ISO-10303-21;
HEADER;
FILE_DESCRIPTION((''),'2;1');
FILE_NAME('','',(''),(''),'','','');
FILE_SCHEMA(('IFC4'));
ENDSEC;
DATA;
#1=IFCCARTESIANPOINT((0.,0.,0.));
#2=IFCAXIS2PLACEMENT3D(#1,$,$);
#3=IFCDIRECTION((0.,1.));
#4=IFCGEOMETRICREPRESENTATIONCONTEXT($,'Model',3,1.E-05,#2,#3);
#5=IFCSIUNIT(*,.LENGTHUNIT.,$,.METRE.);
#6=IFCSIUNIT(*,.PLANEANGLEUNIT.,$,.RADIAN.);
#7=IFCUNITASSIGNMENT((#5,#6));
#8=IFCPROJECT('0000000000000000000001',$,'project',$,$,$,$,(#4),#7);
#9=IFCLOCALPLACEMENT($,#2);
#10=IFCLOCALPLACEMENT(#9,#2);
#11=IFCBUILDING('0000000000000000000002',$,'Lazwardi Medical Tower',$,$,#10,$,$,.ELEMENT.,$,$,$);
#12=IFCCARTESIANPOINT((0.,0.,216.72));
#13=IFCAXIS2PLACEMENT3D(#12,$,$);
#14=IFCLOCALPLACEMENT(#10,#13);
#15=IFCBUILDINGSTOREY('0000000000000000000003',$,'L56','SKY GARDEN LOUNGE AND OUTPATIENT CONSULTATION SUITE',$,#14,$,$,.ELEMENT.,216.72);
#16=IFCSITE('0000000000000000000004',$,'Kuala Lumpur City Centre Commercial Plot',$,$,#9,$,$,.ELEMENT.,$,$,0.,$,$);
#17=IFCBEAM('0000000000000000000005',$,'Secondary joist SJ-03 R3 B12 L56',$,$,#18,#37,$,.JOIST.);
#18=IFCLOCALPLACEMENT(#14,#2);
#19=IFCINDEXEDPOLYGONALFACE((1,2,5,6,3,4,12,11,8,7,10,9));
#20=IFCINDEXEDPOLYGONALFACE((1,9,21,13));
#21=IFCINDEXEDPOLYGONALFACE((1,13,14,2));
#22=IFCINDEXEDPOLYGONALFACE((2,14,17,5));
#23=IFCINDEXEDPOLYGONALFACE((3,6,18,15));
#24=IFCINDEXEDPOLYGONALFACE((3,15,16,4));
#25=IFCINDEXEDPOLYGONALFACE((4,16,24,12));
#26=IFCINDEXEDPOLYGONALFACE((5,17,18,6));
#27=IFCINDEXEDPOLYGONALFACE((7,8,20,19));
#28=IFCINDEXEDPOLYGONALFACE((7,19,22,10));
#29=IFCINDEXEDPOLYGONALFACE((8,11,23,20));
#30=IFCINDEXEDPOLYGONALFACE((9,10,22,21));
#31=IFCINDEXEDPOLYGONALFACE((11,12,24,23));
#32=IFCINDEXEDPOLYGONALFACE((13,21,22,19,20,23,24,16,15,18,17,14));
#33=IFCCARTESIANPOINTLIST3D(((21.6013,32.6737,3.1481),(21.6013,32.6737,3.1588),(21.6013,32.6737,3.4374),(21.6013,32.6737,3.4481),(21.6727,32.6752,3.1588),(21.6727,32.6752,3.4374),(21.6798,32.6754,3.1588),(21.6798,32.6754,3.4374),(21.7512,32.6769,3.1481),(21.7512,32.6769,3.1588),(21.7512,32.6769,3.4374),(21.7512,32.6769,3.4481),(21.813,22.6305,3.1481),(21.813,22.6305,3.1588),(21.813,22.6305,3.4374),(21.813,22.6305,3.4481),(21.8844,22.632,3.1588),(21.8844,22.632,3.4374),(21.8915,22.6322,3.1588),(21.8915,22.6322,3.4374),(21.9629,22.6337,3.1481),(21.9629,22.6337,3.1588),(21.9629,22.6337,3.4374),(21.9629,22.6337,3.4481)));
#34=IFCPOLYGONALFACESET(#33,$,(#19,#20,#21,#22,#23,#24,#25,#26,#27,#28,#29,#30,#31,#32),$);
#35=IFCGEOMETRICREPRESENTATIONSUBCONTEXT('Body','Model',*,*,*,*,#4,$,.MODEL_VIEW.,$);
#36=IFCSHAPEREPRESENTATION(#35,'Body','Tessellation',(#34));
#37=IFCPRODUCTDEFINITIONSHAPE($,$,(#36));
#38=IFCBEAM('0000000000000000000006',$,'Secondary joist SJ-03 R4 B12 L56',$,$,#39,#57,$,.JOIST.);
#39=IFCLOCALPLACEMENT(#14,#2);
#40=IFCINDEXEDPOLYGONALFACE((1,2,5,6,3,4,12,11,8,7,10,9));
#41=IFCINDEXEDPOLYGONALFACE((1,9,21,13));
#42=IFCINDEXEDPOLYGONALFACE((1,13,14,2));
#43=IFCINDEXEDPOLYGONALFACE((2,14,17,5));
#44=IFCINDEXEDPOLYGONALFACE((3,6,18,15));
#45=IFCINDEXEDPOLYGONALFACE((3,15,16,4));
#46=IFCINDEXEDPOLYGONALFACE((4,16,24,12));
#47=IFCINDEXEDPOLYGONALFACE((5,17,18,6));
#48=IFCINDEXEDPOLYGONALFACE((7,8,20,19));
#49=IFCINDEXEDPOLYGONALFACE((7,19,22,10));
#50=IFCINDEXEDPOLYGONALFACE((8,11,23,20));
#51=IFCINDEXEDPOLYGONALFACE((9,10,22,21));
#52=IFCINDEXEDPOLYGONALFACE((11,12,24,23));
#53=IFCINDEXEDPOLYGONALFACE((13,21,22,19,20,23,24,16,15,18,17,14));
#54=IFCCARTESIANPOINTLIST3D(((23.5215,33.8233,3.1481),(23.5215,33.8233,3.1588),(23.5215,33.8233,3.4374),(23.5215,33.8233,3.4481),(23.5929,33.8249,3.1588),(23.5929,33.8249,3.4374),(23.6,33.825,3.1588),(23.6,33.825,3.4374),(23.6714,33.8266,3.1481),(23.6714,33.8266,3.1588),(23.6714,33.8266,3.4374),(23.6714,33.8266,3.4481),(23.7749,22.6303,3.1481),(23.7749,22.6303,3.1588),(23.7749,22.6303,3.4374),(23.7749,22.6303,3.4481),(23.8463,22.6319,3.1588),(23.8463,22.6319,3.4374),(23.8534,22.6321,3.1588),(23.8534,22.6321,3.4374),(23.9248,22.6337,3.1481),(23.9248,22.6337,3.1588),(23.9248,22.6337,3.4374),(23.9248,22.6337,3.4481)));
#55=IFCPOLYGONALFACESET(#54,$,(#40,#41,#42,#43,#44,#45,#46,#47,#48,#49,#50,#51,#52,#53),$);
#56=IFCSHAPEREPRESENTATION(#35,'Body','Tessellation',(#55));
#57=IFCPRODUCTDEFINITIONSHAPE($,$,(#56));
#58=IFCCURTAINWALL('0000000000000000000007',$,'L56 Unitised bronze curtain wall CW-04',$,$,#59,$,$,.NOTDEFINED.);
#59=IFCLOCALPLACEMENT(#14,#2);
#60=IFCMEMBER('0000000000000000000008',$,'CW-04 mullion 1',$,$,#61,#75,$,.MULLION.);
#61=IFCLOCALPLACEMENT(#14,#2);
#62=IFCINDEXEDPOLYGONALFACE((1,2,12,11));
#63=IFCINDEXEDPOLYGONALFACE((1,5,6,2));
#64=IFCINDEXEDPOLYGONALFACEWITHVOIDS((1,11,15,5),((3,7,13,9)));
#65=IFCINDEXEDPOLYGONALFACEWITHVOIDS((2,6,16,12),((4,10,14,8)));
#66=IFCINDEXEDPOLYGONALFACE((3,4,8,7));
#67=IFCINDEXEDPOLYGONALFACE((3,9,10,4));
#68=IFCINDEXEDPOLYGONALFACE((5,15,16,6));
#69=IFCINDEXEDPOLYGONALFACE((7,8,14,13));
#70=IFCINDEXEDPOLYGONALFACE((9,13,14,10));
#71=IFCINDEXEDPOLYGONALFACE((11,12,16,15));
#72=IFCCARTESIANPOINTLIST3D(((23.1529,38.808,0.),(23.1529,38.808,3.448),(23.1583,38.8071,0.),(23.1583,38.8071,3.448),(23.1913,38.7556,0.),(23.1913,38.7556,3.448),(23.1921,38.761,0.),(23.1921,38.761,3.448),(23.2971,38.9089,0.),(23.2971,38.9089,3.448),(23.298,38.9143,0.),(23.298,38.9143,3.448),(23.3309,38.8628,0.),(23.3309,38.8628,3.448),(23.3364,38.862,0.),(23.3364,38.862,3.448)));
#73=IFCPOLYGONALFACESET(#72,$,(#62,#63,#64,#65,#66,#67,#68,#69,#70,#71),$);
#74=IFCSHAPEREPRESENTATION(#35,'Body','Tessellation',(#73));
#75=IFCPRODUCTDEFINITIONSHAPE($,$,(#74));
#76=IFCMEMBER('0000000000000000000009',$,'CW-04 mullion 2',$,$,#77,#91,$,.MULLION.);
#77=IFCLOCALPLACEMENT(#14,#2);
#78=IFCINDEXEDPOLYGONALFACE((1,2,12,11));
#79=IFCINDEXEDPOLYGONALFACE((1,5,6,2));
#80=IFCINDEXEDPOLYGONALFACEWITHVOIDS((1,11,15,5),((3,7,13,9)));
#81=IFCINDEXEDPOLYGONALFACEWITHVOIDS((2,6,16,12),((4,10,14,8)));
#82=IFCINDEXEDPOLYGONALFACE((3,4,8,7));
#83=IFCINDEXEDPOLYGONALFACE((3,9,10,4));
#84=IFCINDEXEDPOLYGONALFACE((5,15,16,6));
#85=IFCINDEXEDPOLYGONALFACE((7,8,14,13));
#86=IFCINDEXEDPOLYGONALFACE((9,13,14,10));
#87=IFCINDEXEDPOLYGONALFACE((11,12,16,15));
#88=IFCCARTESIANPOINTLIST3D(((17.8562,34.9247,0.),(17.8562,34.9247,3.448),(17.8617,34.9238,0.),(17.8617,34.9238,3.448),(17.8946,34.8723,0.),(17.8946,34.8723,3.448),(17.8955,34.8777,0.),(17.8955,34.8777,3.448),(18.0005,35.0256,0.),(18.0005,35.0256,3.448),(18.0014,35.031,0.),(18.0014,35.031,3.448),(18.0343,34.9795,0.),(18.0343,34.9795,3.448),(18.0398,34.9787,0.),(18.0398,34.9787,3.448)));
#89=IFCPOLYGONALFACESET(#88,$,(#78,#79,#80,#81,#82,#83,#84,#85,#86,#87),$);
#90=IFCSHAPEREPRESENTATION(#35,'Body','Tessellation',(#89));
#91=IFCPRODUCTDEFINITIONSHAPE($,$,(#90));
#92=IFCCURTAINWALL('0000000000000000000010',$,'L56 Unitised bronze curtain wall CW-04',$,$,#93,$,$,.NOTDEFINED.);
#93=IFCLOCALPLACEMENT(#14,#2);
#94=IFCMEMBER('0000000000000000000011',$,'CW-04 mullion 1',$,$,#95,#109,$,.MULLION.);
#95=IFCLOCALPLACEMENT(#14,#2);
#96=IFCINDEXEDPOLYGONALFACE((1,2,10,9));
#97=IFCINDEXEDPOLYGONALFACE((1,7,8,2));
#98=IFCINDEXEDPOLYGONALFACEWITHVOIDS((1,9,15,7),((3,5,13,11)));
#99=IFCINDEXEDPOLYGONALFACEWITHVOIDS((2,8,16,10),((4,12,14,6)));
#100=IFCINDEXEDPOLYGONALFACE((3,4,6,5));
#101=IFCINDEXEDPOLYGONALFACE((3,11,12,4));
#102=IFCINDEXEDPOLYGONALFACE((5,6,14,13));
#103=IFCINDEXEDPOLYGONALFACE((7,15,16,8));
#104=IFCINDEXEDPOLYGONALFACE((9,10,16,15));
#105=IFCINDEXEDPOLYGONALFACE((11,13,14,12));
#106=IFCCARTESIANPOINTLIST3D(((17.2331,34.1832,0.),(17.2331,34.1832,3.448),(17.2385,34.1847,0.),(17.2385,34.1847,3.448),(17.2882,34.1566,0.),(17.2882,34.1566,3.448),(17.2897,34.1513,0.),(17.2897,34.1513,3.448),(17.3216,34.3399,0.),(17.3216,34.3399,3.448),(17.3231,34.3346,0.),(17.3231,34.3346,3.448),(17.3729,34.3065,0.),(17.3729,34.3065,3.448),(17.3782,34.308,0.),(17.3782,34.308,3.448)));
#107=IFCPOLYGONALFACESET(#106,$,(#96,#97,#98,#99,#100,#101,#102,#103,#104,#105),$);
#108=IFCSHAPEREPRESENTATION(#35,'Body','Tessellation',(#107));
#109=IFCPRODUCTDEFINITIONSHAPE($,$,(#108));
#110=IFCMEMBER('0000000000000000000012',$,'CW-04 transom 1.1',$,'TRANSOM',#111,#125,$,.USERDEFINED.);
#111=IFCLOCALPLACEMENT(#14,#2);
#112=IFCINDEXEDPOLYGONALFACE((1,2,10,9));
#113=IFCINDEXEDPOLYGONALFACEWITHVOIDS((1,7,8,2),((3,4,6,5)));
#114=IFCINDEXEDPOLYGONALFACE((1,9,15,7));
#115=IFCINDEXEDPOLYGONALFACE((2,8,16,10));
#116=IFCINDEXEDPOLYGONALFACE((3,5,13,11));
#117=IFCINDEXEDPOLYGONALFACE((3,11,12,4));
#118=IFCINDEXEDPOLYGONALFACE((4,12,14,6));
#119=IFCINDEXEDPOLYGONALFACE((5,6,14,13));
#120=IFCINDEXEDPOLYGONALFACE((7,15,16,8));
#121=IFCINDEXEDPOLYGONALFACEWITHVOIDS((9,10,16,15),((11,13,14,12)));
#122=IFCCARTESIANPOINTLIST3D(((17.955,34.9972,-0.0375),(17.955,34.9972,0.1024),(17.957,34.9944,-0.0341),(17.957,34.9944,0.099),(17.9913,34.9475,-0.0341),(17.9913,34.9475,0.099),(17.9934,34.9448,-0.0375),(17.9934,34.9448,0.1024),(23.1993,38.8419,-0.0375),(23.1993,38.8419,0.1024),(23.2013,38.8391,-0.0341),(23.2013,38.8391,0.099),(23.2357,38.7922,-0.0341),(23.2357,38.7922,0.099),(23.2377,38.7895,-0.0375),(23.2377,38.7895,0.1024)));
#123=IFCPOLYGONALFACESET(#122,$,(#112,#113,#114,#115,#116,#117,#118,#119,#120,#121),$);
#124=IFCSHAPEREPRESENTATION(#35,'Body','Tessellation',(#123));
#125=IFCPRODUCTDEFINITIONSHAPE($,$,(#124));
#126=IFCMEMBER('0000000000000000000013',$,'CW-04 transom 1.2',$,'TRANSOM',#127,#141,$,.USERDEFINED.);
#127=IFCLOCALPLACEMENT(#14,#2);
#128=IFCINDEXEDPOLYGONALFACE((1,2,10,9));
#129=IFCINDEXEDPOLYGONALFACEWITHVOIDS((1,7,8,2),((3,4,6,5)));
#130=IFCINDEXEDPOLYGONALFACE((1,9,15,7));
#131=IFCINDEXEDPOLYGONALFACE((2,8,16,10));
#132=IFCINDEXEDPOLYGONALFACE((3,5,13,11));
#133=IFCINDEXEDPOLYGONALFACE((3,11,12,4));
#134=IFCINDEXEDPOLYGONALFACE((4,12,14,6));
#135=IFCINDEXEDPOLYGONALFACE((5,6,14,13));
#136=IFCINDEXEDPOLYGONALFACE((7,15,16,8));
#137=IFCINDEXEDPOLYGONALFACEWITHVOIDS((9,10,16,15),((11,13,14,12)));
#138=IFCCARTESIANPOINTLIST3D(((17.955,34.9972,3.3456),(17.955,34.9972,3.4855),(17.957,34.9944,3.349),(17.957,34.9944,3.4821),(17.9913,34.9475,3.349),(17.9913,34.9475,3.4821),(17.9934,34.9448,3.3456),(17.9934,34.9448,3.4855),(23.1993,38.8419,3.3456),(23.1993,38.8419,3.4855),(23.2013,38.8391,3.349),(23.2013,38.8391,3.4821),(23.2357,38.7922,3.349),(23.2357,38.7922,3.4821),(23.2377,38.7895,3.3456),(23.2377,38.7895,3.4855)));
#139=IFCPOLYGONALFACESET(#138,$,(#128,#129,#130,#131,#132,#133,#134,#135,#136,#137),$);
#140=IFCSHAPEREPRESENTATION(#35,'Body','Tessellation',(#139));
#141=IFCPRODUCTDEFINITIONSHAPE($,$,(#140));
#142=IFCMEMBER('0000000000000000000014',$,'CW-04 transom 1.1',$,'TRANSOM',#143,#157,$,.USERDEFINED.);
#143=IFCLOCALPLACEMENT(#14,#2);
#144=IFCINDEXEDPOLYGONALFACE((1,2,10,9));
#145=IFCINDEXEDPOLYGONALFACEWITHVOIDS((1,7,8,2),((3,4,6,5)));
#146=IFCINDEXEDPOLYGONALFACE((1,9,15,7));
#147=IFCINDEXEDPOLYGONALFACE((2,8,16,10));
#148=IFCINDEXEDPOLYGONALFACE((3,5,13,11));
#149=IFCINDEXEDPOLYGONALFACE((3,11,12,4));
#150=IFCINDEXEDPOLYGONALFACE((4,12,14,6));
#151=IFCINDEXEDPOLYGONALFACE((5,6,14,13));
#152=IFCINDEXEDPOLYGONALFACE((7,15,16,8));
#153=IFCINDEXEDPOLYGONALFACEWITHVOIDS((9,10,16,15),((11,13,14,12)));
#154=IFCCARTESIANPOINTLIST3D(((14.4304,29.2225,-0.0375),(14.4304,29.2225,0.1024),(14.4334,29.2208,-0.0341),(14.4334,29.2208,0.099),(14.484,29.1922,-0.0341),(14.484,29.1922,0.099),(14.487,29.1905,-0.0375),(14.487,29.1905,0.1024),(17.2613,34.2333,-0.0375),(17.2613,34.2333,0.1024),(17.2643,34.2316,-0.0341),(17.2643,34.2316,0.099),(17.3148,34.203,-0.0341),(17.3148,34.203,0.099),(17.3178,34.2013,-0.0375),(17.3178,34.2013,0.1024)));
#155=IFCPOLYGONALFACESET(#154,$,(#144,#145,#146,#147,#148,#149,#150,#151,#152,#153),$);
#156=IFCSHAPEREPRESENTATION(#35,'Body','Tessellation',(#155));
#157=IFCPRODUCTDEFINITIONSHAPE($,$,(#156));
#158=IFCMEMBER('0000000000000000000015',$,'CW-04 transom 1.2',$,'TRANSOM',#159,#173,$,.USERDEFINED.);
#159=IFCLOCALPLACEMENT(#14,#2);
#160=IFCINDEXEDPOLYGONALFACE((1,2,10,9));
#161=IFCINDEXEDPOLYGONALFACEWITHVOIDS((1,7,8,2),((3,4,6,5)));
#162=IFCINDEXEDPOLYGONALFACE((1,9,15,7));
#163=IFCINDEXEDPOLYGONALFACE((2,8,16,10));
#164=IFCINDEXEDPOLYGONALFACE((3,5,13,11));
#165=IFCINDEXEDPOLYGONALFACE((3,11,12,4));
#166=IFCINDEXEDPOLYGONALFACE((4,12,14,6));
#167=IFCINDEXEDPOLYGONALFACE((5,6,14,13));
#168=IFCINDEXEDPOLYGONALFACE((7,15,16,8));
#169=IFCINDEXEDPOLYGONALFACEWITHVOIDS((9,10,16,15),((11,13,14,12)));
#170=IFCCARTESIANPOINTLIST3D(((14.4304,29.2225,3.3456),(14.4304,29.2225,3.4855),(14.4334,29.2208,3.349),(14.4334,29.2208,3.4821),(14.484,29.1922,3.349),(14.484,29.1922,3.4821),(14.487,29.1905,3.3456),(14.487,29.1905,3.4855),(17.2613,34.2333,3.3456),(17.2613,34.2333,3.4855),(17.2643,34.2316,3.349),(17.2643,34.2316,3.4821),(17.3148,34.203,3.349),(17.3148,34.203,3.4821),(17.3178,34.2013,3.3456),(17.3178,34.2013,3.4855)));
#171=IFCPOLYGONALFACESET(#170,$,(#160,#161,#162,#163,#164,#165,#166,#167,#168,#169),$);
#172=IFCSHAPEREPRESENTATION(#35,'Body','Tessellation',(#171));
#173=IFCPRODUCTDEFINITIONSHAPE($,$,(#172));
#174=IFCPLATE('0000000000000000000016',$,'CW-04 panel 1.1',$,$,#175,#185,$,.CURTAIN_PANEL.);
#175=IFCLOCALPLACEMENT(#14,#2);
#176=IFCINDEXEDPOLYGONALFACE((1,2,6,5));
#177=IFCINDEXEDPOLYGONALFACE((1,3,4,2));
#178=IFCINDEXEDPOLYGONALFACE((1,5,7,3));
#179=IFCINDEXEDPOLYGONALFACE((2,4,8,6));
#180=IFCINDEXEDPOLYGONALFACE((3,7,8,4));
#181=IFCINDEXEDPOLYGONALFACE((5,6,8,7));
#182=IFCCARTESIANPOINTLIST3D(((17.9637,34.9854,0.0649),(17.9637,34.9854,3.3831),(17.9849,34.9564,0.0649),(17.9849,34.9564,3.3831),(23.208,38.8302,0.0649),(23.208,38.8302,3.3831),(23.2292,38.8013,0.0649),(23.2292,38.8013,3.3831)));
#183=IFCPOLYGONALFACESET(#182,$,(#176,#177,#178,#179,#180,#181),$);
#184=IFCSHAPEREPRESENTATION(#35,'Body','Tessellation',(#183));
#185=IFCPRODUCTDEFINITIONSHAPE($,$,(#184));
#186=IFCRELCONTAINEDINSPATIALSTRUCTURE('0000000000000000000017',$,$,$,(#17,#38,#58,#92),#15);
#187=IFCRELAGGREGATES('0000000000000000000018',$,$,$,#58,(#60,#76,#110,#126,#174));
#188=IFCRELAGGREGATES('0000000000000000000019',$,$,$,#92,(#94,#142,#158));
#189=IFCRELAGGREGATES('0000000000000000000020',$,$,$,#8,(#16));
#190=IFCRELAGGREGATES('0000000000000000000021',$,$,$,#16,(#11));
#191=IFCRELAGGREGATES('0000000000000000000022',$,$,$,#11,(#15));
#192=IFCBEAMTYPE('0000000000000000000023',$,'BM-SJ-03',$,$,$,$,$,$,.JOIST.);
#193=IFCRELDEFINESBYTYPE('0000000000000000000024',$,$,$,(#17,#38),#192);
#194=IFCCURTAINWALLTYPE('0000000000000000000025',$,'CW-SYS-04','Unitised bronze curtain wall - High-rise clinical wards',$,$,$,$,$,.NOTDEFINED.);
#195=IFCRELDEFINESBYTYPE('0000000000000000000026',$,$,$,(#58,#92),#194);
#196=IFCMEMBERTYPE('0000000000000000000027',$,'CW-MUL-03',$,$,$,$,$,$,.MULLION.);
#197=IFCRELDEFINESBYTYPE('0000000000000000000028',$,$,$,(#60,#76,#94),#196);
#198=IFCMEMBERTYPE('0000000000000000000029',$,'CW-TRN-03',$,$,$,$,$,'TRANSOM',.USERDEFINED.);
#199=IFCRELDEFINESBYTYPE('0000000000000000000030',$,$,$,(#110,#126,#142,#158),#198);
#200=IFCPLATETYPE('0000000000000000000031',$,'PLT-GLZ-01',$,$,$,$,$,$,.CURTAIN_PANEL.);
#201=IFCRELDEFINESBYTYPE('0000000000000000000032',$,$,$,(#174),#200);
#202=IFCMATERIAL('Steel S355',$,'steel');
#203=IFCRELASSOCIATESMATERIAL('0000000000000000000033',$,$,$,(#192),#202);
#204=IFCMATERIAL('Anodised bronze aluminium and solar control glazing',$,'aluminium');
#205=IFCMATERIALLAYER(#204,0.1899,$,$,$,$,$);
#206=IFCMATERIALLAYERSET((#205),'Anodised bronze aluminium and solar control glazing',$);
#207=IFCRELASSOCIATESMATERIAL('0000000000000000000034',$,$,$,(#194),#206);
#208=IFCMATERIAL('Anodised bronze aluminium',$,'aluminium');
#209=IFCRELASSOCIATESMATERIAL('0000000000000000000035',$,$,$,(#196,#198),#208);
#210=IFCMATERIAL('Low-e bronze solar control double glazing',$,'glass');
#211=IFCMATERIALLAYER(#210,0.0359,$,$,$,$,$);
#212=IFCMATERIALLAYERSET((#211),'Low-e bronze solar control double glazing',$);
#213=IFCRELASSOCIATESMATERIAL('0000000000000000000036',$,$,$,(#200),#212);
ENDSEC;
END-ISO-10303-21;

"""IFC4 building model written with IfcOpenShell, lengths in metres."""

from ifc_helpers import new_model, si_unit, direction, frame, origin, origin_2d, place, context, subcontext, project, spatial, rectangle, hollow_rectangle, i_section, extrude, material, layer, layer_set, material_profile, profile_set, type_object, element, aggregate, save


model = new_model("IFC4")

# Units and contexts
model_context = context("Model", 3, precision=1e-05, world=origin(), true_north=direction((0.0, 1.0)))
body_context = subcontext(model_context, "Body", "Model", "MODEL_VIEW")
ifc_project = project(units=[si_unit("LENGTHUNIT", "METRE"), si_unit("PLANEANGLEUNIT", "RADIAN")], contexts=[model_context])

# Site, building, storey
site_placement = place(None, origin())
site = spatial("IfcSite", under=ifc_project, at=site_placement, Name="Kuala Lumpur City Centre Commercial Plot", CompositionType="ELEMENT", RefElevation=0.0)
building_placement = place(site_placement, origin())
building = spatial("IfcBuilding", under=site, at=building_placement, Name="Lazwardi Medical Tower", CompositionType="ELEMENT")
storey_placement = place(building_placement, frame((0.0, 0.0, 216.72)))
storey = spatial("IfcBuildingStorey", under=building, at=storey_placement, Name="L56", Description="SKY GARDEN LOUNGE AND OUTPATIENT CONSULTATION SUITE", CompositionType="ELEMENT", Elevation=216.72)

# Beams
ifc_material_1 = material(Name="Steel S355", Category="steel")
ifc_material_profile_1 = material_profile(ifc_material_1, i_section(OverallWidth=0.1499, OverallDepth=0.3, WebThickness=0.0071, FlangeThickness=0.0107, at=origin_2d()), Name="IPE 300")
ifc_profile_set_1 = profile_set([ifc_material_profile_1], Name="Steel S355")
beam_type_1 = type_object("IfcBeamType", Name="BM-SJ-03", PredefinedType="JOIST", material=ifc_profile_set_1)
beam_1_placement = place(storey_placement, frame((21.6763, 32.6753, 3.2981), z_axis=(0.021071, -0.999778, 0.0), x_axis=(0.999778, 0.021071, 0.0)))
element("IfcBeam", 1, at=beam_1_placement, inside=storey, type_object=beam_type_1, Name="Secondary joist SJ-03 R3 B12 L56", PredefinedType="JOIST", context=body_context, shape_type="SweptSolid", body=[
    extrude(i_section(OverallWidth=0.1499, OverallDepth=0.3, WebThickness=0.0071, FlangeThickness=0.0107, at=origin_2d()), origin(), (0.0, 0.0, 1.0), 10.0454),
])
beam_2_placement = place(storey_placement, frame((23.5964, 33.825, 3.2981), z_axis=(0.022635, -0.999744, 0.0), x_axis=(0.999744, 0.022635, 0.0)))
element("IfcBeam", 2, at=beam_2_placement, inside=storey, type_object=beam_type_1, Name="Secondary joist SJ-03 R4 B12 L56", PredefinedType="JOIST", context=body_context, shape_type="SweptSolid", body=[
    extrude(i_section(OverallWidth=0.1499, OverallDepth=0.3, WebThickness=0.0071, FlangeThickness=0.0107, at=origin_2d()), origin(), (0.0, 0.0, 1.0), 11.1958),
])

# Curtain wall, members
ifc_material_2 = material(Name="Anodised bronze aluminium and solar control glazing", Category="aluminium")
ifc_layer_1 = layer(ifc_material_2, 0.1899)
ifc_layer_set_1 = layer_set([ifc_layer_1], Name="Anodised bronze aluminium and solar control glazing")
curtain_wall_type = type_object("IfcCurtainWallType", Name="CW-SYS-04", Description="Unitised bronze curtain wall - High-rise clinical wards", PredefinedType="NOTDEFINED", material=ifc_layer_set_1)
curtain_wall_1_placement = place(storey_placement, origin())
curtain_wall_1 = element("IfcCurtainWall", 3, at=curtain_wall_1_placement, inside=storey, type_object=curtain_wall_type, Name="L56 Unitised bronze curtain wall CW-04", PredefinedType="NOTDEFINED")
ifc_material_3 = material(Name="Anodised bronze aluminium", Category="aluminium")
ifc_material_profile_2 = material_profile(ifc_material_3, hollow_rectangle(XDim=0.0649, YDim=0.1799, WallThickness=0.0039, at=origin_2d()), Name="ALU-MULLION 180x65x4")
ifc_profile_set_2 = profile_set([ifc_material_profile_2], Name="Anodised bronze aluminium")
member_type_1 = type_object("IfcMemberType", Name="CW-MUL-03", PredefinedType="MULLION", material=ifc_profile_set_2)
member_1_placement = place(storey_placement, frame((23.2446, 38.835, 0.0), z_axis=(0.0, 0.0, 1.0), x_axis=(0.591268, -0.806475, 0.0)))
member_1 = element("IfcMember", 4, at=member_1_placement, type_object=member_type_1, Name="CW-04 mullion 1", PredefinedType="MULLION", context=body_context, shape_type="SweptSolid", body=[
    extrude(hollow_rectangle(XDim=0.0649, YDim=0.1799, WallThickness=0.0039, at=origin_2d()), origin(), (0.0, 0.0, 1.0), 3.448),
])
member_2_placement = place(storey_placement, frame((17.948, 34.9517, 0.0), z_axis=(0.0, 0.0, 1.0), x_axis=(0.591268, -0.806475, 0.0)))
member_2 = element("IfcMember", 5, at=member_2_placement, type_object=member_type_1, Name="CW-04 mullion 2", PredefinedType="MULLION", context=body_context, shape_type="SweptSolid", body=[
    extrude(hollow_rectangle(XDim=0.0649, YDim=0.1799, WallThickness=0.0039, at=origin_2d()), origin(), (0.0, 0.0, 1.0), 3.448),
])

# Curtain wall, member
curtain_wall_2_placement = place(storey_placement, origin())
curtain_wall_2 = element("IfcCurtainWall", 6, at=curtain_wall_2_placement, inside=storey, type_object=curtain_wall_type, Name="L56 Unitised bronze curtain wall CW-04", PredefinedType="NOTDEFINED")
member_3_placement = place(storey_placement, frame((17.3057, 34.2456, 0.0), z_axis=(0.0, 0.0, 1.0), x_axis=(0.870651, -0.4919, 0.0)))
member_3 = element("IfcMember", 7, at=member_3_placement, type_object=member_type_1, Name="CW-04 mullion 1", PredefinedType="MULLION", context=body_context, shape_type="SweptSolid", body=[
    extrude(hollow_rectangle(XDim=0.0649, YDim=0.1799, WallThickness=0.0039, at=origin_2d()), origin(), (0.0, 0.0, 1.0), 3.448),
])

# Members
ifc_material_profile_3 = material_profile(ifc_material_3, hollow_rectangle(XDim=0.0649, YDim=0.1399, WallThickness=0.0034, at=origin_2d()), Name="ALU-TRANSOM 140x65x3.5")
ifc_profile_set_3 = profile_set([ifc_material_profile_3], Name="Anodised bronze aluminium")
member_type_2 = type_object("IfcMemberType", Name="CW-TRN-03", ElementType="TRANSOM", PredefinedType="USERDEFINED", material=ifc_profile_set_3)
member_4_placement = place(storey_placement, frame((23.2185, 38.8157, 0.0325), z_axis=(-0.80649, -0.591248, 0.0), x_axis=(0.591248, -0.80649, 0.0)))
member_4 = element("IfcMember", 8, at=member_4_placement, type_object=member_type_2, Name="CW-04 transom 1.1", ObjectType="TRANSOM", PredefinedType="USERDEFINED", context=body_context, shape_type="SweptSolid", body=[
    extrude(hollow_rectangle(XDim=0.0649, YDim=0.1399, WallThickness=0.0034, at=origin_2d()), origin(), (0.0, 0.0, 1.0), 6.5027),
])
member_5_placement = place(storey_placement, frame((23.2185, 38.8157, 3.4155), z_axis=(-0.80649, -0.591248, 0.0), x_axis=(0.591248, -0.80649, 0.0)))
member_5 = element("IfcMember", 9, at=member_5_placement, type_object=member_type_2, Name="CW-04 transom 1.2", ObjectType="TRANSOM", PredefinedType="USERDEFINED", context=body_context, shape_type="SweptSolid", body=[
    extrude(hollow_rectangle(XDim=0.0649, YDim=0.1399, WallThickness=0.0034, at=origin_2d()), origin(), (0.0, 0.0, 1.0), 6.5027),
])
member_6_placement = place(storey_placement, frame((17.2896, 34.2173, 0.0325), z_axis=(-0.49188, -0.870663, 0.0), x_axis=(0.870663, -0.49188, 0.0)))
member_6 = element("IfcMember", 10, at=member_6_placement, type_object=member_type_2, Name="CW-04 transom 1.1", ObjectType="TRANSOM", PredefinedType="USERDEFINED", context=body_context, shape_type="SweptSolid", body=[
    extrude(hollow_rectangle(XDim=0.0649, YDim=0.1399, WallThickness=0.0034, at=origin_2d()), origin(), (0.0, 0.0, 1.0), 5.7551),
])
member_7_placement = place(storey_placement, frame((17.2896, 34.2173, 3.4155), z_axis=(-0.49188, -0.870663, 0.0), x_axis=(0.870663, -0.49188, 0.0)))
member_7 = element("IfcMember", 11, at=member_7_placement, type_object=member_type_2, Name="CW-04 transom 1.2", ObjectType="TRANSOM", PredefinedType="USERDEFINED", context=body_context, shape_type="SweptSolid", body=[
    extrude(hollow_rectangle(XDim=0.0649, YDim=0.1399, WallThickness=0.0034, at=origin_2d()), origin(), (0.0, 0.0, 1.0), 5.7551),
])

# Plate
ifc_material_4 = material(Name="Low-e bronze solar control double glazing", Category="glass")
ifc_layer_2 = layer(ifc_material_4, 0.0359)
ifc_layer_set_2 = layer_set([ifc_layer_2], Name="Low-e bronze solar control double glazing")
plate_type = type_object("IfcPlateType", Name="PLT-GLZ-01", PredefinedType="CURTAIN_PANEL", material=ifc_layer_set_2)
plate_1_placement = place(storey_placement, frame((20.5964, 36.8933, 0.0649), z_axis=(0.0, 0.0, 1.0), x_axis=(-0.806475, -0.591268, 0.0)))
plate_1 = element("IfcPlate", 12, at=plate_1_placement, type_object=plate_type, Name="CW-04 panel 1.1", PredefinedType="CURTAIN_PANEL", context=body_context, shape_type="SweptSolid", body=[
    extrude(rectangle(XDim=6.5027, YDim=0.0359, at=origin_2d()), origin(), (0.0, 0.0, 1.0), 3.3181),
])
aggregate(curtain_wall_1, [member_1, member_2, member_4, member_5, plate_1])
aggregate(curtain_wall_2, [member_3, member_6, member_7])

save(model, "model.ifc")
